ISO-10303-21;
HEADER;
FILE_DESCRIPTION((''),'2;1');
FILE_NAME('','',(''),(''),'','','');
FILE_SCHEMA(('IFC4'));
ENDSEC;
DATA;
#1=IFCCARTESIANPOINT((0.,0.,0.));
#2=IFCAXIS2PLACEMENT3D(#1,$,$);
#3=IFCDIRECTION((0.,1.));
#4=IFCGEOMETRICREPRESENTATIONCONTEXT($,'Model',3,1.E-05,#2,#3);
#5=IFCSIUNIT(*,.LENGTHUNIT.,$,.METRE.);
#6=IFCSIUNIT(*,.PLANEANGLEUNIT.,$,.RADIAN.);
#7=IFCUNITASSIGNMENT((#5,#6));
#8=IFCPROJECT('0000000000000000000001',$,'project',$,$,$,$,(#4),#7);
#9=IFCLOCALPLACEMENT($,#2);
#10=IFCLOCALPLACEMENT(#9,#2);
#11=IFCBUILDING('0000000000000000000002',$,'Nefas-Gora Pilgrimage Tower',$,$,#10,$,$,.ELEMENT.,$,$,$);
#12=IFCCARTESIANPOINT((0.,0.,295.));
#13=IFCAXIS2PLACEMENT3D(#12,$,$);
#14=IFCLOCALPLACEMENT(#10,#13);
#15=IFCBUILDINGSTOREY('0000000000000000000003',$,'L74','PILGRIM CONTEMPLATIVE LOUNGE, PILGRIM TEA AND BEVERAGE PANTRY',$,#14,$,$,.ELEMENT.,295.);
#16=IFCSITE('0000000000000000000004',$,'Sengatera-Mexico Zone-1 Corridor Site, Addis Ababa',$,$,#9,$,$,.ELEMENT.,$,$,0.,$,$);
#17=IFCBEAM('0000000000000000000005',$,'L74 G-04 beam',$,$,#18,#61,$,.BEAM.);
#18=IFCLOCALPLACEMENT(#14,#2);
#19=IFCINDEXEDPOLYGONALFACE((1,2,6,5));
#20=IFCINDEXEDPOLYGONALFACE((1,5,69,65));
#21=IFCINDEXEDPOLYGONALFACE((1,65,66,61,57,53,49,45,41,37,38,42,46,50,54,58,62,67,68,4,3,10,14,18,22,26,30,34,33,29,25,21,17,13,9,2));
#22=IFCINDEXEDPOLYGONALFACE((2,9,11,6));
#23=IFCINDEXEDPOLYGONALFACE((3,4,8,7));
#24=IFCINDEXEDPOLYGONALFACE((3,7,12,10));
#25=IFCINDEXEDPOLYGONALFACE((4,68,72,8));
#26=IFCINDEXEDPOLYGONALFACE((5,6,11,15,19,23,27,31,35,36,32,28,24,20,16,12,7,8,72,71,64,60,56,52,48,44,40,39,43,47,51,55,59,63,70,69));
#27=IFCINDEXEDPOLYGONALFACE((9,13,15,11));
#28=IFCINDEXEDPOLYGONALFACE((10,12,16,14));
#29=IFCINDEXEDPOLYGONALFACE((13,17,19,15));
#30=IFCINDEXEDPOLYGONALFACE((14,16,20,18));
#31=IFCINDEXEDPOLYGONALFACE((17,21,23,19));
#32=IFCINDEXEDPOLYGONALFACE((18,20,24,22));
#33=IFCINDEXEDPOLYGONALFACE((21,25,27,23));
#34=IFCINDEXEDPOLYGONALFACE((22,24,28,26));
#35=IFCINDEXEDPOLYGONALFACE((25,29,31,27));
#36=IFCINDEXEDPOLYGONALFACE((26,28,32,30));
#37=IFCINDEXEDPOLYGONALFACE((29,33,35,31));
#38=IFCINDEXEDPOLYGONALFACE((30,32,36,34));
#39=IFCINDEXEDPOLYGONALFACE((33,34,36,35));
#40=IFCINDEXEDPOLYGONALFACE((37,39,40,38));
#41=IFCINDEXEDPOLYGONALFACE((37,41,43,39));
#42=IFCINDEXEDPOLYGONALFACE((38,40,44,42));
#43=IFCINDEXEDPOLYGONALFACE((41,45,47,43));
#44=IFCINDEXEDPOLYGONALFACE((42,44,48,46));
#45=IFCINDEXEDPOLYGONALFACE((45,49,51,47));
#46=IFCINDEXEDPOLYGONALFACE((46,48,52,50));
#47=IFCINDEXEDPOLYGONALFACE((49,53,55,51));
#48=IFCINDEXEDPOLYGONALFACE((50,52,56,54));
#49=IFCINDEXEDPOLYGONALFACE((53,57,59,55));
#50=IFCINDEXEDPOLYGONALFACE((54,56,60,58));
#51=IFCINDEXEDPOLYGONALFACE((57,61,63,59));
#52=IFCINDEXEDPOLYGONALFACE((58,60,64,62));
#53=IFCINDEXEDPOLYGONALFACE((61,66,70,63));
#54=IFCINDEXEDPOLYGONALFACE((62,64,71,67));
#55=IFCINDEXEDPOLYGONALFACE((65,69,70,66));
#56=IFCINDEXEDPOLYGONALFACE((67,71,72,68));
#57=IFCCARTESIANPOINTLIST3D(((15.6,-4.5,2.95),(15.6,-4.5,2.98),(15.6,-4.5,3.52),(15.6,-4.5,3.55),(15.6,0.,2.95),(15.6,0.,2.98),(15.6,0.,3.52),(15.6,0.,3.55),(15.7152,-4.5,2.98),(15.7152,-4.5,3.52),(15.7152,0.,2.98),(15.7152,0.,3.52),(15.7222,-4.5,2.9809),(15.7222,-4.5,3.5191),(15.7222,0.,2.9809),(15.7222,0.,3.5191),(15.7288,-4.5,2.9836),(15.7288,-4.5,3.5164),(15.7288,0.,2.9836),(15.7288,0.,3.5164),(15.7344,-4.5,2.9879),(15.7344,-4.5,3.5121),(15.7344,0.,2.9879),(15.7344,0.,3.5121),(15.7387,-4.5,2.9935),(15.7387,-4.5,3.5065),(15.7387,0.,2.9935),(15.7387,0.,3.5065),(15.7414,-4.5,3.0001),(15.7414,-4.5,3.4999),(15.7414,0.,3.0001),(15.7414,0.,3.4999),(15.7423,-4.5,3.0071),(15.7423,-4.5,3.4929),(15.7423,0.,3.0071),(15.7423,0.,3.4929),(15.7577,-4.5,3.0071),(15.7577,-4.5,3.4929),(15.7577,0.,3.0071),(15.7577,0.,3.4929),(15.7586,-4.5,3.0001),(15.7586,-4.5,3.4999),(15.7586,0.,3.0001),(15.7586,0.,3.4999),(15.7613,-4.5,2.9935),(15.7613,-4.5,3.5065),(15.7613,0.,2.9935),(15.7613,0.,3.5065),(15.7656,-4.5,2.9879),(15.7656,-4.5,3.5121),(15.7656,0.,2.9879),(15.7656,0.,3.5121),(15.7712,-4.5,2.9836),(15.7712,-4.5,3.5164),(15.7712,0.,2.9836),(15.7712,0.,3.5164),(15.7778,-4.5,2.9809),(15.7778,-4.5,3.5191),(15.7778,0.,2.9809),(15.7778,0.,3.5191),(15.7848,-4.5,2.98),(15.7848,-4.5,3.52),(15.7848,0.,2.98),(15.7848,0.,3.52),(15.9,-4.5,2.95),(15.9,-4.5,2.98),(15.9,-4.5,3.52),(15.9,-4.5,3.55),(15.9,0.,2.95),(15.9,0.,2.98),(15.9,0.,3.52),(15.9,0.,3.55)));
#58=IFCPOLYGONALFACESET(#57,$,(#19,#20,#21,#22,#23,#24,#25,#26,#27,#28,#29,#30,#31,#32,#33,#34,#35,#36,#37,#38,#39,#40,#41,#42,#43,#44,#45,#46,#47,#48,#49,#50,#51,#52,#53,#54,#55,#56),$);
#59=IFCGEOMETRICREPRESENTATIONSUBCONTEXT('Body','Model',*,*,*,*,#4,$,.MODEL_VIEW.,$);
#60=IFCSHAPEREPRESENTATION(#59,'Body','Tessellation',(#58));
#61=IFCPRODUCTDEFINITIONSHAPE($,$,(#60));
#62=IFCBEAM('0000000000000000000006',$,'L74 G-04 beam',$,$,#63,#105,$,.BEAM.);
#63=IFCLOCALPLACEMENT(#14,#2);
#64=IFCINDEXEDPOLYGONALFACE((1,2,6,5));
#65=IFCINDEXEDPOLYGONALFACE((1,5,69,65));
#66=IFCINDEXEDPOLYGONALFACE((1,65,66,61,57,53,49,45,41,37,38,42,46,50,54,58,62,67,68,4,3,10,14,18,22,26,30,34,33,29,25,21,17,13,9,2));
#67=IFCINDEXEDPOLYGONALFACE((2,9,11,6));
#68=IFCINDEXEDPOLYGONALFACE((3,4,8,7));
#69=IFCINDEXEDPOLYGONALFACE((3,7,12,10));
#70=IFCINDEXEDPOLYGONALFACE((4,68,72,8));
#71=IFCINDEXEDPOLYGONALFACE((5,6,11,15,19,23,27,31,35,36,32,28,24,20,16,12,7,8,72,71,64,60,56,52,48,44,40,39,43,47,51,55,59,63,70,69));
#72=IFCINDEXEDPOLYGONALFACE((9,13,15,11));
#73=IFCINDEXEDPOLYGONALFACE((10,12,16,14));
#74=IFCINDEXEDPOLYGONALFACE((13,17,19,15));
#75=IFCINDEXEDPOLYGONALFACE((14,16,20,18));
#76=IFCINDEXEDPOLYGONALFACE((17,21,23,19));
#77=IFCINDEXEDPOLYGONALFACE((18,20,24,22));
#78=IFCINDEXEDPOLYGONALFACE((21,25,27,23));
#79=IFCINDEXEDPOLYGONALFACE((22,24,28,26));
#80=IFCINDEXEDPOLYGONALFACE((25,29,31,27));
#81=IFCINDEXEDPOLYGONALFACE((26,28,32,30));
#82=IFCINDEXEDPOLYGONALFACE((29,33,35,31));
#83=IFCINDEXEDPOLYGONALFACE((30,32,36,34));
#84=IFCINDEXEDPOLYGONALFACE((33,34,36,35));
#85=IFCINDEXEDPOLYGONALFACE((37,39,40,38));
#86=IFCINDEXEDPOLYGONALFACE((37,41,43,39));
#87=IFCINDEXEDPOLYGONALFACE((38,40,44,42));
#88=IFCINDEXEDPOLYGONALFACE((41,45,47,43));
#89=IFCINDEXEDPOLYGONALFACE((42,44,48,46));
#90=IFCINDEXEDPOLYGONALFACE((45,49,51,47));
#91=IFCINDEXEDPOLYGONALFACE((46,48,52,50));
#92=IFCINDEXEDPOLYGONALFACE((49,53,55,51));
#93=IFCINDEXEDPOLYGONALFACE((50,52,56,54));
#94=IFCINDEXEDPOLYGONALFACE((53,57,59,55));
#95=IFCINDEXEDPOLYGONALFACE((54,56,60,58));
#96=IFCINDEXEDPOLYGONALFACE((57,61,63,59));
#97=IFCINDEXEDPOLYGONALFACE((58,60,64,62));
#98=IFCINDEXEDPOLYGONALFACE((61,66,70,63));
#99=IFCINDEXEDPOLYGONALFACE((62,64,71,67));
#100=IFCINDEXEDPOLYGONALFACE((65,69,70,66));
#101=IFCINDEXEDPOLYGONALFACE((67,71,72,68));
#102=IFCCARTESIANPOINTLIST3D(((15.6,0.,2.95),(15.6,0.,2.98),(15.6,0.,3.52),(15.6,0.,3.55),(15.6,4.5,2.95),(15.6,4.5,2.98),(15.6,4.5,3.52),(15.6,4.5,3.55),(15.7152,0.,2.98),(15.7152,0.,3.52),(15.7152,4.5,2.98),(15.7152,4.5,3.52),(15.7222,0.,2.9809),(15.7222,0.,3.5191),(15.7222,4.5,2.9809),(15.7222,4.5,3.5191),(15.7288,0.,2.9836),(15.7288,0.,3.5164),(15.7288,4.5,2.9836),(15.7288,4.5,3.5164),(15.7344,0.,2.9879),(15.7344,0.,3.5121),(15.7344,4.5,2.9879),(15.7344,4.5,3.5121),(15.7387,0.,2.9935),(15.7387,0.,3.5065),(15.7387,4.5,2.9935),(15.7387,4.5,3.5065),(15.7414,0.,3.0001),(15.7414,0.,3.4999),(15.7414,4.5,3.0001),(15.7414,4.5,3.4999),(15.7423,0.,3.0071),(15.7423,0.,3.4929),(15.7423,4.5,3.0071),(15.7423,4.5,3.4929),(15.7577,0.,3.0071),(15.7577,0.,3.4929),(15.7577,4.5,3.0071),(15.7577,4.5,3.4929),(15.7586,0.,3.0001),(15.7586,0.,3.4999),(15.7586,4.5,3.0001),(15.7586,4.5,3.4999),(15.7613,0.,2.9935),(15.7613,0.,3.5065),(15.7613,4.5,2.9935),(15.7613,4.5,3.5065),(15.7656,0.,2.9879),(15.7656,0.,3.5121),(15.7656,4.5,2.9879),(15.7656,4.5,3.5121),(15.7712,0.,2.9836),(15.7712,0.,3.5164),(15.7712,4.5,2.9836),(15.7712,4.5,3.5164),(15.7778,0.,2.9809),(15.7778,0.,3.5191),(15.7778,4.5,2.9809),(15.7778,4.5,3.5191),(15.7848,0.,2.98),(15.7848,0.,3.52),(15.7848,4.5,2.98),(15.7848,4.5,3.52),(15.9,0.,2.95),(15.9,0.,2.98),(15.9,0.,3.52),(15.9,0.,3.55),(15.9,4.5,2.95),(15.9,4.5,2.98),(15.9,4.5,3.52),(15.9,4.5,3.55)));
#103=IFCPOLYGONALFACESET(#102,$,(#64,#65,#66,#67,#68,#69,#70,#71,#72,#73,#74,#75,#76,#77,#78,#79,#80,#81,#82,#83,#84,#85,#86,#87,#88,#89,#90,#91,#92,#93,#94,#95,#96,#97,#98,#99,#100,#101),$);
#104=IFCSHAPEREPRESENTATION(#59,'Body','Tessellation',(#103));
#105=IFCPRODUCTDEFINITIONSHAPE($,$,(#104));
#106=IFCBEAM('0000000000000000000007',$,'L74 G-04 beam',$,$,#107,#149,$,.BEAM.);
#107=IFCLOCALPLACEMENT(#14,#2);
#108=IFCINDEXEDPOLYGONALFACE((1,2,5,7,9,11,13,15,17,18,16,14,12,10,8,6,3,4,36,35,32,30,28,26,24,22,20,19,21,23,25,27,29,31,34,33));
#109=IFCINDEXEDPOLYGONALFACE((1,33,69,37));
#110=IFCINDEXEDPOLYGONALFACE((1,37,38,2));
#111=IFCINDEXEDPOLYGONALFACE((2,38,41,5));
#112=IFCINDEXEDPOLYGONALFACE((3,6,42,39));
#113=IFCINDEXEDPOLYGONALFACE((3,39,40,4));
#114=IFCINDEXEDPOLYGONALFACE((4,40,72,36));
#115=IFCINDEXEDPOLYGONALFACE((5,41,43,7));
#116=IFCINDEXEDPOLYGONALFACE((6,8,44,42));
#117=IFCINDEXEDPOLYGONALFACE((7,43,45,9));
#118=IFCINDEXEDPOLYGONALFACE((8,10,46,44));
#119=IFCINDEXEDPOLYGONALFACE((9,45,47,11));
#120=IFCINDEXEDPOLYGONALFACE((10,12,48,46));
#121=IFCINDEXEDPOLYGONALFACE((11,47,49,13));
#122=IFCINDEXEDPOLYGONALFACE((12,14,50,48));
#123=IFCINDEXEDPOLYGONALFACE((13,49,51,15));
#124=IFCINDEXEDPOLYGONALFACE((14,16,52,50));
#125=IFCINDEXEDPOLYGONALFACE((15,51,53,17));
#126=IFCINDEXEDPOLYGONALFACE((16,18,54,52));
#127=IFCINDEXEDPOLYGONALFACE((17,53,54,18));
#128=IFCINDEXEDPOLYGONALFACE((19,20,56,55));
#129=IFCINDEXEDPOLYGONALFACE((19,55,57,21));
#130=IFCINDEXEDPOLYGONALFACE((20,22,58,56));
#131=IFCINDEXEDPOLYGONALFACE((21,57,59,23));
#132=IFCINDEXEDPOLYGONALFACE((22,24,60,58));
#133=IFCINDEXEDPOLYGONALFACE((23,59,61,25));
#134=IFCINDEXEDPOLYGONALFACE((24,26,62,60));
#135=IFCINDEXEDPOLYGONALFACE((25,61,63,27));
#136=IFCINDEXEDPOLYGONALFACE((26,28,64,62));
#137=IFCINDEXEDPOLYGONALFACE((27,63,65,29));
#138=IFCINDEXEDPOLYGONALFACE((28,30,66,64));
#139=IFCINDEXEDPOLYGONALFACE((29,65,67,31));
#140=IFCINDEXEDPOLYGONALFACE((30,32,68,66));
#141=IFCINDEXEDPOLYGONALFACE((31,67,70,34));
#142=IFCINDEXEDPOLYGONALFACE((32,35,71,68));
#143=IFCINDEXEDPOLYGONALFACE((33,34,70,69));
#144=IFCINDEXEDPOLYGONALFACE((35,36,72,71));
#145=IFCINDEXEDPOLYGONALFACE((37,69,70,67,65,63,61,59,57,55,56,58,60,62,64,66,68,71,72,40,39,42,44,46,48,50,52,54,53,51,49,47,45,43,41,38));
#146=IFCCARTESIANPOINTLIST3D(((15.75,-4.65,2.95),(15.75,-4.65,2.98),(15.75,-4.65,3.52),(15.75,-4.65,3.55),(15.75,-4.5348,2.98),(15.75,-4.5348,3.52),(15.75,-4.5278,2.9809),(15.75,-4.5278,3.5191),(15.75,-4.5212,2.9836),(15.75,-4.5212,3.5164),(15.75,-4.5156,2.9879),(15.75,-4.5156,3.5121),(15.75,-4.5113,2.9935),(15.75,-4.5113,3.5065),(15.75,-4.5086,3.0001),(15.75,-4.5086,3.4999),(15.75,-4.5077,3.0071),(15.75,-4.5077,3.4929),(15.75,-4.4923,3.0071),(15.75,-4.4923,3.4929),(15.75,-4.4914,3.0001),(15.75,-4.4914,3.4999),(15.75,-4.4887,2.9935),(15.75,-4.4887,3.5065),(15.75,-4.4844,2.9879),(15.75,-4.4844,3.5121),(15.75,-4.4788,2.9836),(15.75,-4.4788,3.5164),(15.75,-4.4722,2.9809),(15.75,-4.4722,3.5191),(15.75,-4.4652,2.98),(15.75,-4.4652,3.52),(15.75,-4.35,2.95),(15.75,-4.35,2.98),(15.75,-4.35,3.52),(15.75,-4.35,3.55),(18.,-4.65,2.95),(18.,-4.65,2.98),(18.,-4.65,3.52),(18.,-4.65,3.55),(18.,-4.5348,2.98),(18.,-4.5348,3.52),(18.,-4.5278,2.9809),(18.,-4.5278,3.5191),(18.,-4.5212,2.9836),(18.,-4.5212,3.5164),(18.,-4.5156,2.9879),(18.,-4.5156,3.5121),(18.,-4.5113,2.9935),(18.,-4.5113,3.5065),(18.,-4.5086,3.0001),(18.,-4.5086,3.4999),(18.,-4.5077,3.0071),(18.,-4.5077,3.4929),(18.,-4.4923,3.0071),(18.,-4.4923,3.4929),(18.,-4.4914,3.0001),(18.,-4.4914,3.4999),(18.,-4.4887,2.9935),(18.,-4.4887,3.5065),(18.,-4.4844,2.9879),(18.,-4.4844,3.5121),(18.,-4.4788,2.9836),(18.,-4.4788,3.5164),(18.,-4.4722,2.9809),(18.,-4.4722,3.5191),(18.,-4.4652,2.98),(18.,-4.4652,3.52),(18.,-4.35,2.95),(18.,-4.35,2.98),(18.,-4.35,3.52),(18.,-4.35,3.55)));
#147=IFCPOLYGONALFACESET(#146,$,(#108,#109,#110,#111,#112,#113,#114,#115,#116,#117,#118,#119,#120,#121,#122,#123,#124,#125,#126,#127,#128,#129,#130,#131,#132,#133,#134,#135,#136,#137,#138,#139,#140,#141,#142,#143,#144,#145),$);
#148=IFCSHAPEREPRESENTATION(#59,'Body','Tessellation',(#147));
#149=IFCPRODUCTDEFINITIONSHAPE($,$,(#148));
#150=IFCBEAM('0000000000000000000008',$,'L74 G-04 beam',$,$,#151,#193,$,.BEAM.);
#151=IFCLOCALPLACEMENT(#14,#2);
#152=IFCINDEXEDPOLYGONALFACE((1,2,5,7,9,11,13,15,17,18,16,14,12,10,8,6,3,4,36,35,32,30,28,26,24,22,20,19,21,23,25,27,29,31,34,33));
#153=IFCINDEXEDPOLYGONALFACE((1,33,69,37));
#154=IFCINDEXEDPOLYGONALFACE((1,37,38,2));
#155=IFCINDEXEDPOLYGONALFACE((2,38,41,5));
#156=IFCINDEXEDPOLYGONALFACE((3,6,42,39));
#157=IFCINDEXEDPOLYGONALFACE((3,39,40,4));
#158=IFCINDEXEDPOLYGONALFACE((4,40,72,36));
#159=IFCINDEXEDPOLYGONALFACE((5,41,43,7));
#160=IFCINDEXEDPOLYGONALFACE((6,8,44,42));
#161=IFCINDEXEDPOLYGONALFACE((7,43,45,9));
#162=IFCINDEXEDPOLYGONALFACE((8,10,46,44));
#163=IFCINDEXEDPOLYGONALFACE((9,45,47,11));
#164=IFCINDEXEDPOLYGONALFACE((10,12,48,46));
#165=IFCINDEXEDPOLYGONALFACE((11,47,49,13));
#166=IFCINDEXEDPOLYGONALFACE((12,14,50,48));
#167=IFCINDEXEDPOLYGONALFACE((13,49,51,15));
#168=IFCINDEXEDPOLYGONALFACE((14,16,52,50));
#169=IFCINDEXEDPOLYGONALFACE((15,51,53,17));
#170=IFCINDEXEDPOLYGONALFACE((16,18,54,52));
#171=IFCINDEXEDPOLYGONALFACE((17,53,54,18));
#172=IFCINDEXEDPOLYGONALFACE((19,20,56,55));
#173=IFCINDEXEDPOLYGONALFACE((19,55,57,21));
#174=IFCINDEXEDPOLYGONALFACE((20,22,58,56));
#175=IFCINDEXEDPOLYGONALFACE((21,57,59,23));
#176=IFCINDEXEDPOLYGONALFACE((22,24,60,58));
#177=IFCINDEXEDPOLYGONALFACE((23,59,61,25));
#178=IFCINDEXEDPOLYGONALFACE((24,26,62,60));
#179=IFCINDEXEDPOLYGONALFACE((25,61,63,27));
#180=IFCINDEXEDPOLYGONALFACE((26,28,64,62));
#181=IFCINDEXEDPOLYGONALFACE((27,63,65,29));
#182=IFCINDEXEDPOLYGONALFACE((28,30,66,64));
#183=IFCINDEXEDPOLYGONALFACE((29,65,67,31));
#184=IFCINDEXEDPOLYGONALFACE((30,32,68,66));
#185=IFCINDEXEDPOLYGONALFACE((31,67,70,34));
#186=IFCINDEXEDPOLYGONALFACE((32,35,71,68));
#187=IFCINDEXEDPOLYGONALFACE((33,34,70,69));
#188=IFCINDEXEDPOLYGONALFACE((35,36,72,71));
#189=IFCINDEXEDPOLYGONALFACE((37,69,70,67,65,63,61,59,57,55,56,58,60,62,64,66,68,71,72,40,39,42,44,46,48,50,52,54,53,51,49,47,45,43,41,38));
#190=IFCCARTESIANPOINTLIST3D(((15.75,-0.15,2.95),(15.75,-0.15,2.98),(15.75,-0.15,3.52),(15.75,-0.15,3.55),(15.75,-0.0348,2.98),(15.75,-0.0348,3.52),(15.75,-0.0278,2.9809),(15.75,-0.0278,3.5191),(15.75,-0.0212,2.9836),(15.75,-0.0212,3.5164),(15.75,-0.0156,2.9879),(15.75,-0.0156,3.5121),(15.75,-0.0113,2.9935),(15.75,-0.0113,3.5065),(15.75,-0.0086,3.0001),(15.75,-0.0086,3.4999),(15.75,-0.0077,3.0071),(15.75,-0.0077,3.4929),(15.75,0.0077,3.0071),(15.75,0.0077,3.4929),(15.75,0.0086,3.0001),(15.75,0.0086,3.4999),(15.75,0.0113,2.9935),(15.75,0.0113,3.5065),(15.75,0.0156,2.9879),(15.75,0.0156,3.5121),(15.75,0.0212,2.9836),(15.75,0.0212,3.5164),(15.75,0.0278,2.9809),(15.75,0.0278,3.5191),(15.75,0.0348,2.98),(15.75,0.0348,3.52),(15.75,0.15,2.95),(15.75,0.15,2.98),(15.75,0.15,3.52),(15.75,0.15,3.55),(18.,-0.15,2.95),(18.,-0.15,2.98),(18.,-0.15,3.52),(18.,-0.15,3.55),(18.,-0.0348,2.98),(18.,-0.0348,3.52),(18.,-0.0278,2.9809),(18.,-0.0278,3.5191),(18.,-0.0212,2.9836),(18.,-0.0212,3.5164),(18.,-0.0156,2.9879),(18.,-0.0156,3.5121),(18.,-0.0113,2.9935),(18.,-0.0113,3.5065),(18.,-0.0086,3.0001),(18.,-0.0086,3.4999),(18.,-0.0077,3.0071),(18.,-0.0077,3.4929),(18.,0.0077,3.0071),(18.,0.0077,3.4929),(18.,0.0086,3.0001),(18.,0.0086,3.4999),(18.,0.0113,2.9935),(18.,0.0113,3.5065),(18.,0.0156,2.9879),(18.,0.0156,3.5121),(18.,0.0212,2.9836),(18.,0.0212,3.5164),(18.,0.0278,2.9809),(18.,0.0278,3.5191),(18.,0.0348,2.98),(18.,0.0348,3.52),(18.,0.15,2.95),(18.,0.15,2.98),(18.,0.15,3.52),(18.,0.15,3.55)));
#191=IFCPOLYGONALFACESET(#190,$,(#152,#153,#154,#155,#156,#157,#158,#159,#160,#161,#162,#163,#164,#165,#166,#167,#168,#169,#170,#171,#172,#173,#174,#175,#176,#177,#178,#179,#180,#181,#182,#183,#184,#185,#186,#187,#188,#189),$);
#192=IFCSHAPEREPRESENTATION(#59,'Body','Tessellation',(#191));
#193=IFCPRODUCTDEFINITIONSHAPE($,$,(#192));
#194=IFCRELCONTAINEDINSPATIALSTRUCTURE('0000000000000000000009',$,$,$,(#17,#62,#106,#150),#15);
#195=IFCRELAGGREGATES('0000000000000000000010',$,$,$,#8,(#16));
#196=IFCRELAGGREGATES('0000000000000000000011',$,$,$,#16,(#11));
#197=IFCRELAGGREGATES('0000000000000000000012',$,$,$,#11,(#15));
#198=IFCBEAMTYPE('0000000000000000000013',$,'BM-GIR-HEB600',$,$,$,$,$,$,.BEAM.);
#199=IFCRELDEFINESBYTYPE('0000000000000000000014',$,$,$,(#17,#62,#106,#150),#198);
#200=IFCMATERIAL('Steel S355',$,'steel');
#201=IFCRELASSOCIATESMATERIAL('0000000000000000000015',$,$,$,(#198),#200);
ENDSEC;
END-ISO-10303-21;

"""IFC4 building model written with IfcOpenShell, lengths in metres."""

from ifc_helpers import new_model, si_unit, direction, frame, origin, origin_2d, place, context, subcontext, project, spatial, i_section, extrude, source, transform, mapped, material, material_profile, profile_set, type_object, element, save


model = new_model("IFC4")

# Units and contexts
model_context = context("Model", 3, precision=1e-05, world=origin(), true_north=direction((0.0, 1.0)))
body_context = subcontext(model_context, "Body", "Model", "MODEL_VIEW")
ifc_project = project(units=[si_unit("LENGTHUNIT", "METRE"), si_unit("PLANEANGLEUNIT", "RADIAN")], contexts=[model_context])

# Site, building, storey
site_placement = place(None, origin())
site = spatial("IfcSite", under=ifc_project, at=site_placement, Name="Sengatera-Mexico Zone-1 Corridor Site, Addis Ababa", CompositionType="ELEMENT", RefElevation=0.0)
building_placement = place(site_placement, origin())
building = spatial("IfcBuilding", under=site, at=building_placement, Name="Nefas-Gora Pilgrimage Tower", CompositionType="ELEMENT")
storey_placement = place(building_placement, frame((0.0, 0.0, 295.0)))
storey = spatial("IfcBuildingStorey", under=building, at=storey_placement, Name="L74", Description="PILGRIM CONTEMPLATIVE LOUNGE, PILGRIM TEA AND BEVERAGE PANTRY", CompositionType="ELEMENT", Elevation=295.0)

# Shared definitions
ifc_material_1 = material(Name="Steel S355", Category="steel")

# Beams
ifc_material_profile_1 = material_profile(ifc_material_1, i_section(OverallWidth=0.3, OverallDepth=0.6001, WebThickness=0.0154, FlangeThickness=0.03, FilletRadius=0.0271, at=origin_2d()), Name="HEB 600")
ifc_profile_set_1 = profile_set([ifc_material_profile_1], Name="Steel S355")
beam_type_1 = type_object("IfcBeamType", Name="BM-GIR-HEB600", PredefinedType="BEAM", material=ifc_profile_set_1)
shared_shape_1 = source(origin(), body_context, "Body", "SweptSolid", [
    extrude(i_section(OverallWidth=0.3, OverallDepth=0.6001, WebThickness=0.0154, FlangeThickness=0.03, FilletRadius=0.0271, at=origin_2d()), origin(), (0.0, 0.0, 1.0), 4.5),
])
for number, where, z_axis, x_axis, name in (
    (1, (15.75, -4.5, 3.25), (0.0, 1.0, 0.0), (-1.0, 0.0, 0.0), "L74 G-04 beam"),
    (2, (15.75, 0.0, 3.25), (0.0, 1.0, 0.0), (-1.0, 0.0, 0.0), "L74 G-04 beam"),
):
    element("IfcBeam", number, at=place(storey_placement, frame(where, z_axis=z_axis, x_axis=x_axis)), inside=storey, type_object=beam_type_1, Name=name, PredefinedType="BEAM", context=body_context, shape_type="MappedRepresentation", body=[
        mapped(shared_shape_1, transform((0.0, 0.0, 0.0), x_axis=(1.0, 0.0, 0.0), y_axis=(0.0, 1.0, 0.0), z_axis=(0.0, 0.0, 1.0), scale=1.0)),
    ])
shared_shape_2 = source(origin(), body_context, "Body", "SweptSolid", [
    extrude(i_section(OverallWidth=0.3, OverallDepth=0.6001, WebThickness=0.0154, FlangeThickness=0.03, FilletRadius=0.0271, at=origin_2d()), origin(), (0.0, 0.0, 1.0), 2.25),
])
for number, where, z_axis, x_axis, name in (
    (3, (15.75, -4.5, 3.25), (1.0, 0.0, 0.0), (0.0, 1.0, 0.0), "L74 G-04 beam"),
    (4, (15.75, 0.0, 3.25), (1.0, 0.0, 0.0), (0.0, 1.0, 0.0), "L74 G-04 beam"),
):
    element("IfcBeam", number, at=place(storey_placement, frame(where, z_axis=z_axis, x_axis=x_axis)), inside=storey, type_object=beam_type_1, Name=name, PredefinedType="BEAM", context=body_context, shape_type="MappedRepresentation", body=[
        mapped(shared_shape_2, transform((0.0, 0.0, 0.0), x_axis=(1.0, 0.0, 0.0), y_axis=(0.0, 1.0, 0.0), z_axis=(0.0, 0.0, 1.0), scale=1.0)),
    ])

save(model, "model.ifc")
